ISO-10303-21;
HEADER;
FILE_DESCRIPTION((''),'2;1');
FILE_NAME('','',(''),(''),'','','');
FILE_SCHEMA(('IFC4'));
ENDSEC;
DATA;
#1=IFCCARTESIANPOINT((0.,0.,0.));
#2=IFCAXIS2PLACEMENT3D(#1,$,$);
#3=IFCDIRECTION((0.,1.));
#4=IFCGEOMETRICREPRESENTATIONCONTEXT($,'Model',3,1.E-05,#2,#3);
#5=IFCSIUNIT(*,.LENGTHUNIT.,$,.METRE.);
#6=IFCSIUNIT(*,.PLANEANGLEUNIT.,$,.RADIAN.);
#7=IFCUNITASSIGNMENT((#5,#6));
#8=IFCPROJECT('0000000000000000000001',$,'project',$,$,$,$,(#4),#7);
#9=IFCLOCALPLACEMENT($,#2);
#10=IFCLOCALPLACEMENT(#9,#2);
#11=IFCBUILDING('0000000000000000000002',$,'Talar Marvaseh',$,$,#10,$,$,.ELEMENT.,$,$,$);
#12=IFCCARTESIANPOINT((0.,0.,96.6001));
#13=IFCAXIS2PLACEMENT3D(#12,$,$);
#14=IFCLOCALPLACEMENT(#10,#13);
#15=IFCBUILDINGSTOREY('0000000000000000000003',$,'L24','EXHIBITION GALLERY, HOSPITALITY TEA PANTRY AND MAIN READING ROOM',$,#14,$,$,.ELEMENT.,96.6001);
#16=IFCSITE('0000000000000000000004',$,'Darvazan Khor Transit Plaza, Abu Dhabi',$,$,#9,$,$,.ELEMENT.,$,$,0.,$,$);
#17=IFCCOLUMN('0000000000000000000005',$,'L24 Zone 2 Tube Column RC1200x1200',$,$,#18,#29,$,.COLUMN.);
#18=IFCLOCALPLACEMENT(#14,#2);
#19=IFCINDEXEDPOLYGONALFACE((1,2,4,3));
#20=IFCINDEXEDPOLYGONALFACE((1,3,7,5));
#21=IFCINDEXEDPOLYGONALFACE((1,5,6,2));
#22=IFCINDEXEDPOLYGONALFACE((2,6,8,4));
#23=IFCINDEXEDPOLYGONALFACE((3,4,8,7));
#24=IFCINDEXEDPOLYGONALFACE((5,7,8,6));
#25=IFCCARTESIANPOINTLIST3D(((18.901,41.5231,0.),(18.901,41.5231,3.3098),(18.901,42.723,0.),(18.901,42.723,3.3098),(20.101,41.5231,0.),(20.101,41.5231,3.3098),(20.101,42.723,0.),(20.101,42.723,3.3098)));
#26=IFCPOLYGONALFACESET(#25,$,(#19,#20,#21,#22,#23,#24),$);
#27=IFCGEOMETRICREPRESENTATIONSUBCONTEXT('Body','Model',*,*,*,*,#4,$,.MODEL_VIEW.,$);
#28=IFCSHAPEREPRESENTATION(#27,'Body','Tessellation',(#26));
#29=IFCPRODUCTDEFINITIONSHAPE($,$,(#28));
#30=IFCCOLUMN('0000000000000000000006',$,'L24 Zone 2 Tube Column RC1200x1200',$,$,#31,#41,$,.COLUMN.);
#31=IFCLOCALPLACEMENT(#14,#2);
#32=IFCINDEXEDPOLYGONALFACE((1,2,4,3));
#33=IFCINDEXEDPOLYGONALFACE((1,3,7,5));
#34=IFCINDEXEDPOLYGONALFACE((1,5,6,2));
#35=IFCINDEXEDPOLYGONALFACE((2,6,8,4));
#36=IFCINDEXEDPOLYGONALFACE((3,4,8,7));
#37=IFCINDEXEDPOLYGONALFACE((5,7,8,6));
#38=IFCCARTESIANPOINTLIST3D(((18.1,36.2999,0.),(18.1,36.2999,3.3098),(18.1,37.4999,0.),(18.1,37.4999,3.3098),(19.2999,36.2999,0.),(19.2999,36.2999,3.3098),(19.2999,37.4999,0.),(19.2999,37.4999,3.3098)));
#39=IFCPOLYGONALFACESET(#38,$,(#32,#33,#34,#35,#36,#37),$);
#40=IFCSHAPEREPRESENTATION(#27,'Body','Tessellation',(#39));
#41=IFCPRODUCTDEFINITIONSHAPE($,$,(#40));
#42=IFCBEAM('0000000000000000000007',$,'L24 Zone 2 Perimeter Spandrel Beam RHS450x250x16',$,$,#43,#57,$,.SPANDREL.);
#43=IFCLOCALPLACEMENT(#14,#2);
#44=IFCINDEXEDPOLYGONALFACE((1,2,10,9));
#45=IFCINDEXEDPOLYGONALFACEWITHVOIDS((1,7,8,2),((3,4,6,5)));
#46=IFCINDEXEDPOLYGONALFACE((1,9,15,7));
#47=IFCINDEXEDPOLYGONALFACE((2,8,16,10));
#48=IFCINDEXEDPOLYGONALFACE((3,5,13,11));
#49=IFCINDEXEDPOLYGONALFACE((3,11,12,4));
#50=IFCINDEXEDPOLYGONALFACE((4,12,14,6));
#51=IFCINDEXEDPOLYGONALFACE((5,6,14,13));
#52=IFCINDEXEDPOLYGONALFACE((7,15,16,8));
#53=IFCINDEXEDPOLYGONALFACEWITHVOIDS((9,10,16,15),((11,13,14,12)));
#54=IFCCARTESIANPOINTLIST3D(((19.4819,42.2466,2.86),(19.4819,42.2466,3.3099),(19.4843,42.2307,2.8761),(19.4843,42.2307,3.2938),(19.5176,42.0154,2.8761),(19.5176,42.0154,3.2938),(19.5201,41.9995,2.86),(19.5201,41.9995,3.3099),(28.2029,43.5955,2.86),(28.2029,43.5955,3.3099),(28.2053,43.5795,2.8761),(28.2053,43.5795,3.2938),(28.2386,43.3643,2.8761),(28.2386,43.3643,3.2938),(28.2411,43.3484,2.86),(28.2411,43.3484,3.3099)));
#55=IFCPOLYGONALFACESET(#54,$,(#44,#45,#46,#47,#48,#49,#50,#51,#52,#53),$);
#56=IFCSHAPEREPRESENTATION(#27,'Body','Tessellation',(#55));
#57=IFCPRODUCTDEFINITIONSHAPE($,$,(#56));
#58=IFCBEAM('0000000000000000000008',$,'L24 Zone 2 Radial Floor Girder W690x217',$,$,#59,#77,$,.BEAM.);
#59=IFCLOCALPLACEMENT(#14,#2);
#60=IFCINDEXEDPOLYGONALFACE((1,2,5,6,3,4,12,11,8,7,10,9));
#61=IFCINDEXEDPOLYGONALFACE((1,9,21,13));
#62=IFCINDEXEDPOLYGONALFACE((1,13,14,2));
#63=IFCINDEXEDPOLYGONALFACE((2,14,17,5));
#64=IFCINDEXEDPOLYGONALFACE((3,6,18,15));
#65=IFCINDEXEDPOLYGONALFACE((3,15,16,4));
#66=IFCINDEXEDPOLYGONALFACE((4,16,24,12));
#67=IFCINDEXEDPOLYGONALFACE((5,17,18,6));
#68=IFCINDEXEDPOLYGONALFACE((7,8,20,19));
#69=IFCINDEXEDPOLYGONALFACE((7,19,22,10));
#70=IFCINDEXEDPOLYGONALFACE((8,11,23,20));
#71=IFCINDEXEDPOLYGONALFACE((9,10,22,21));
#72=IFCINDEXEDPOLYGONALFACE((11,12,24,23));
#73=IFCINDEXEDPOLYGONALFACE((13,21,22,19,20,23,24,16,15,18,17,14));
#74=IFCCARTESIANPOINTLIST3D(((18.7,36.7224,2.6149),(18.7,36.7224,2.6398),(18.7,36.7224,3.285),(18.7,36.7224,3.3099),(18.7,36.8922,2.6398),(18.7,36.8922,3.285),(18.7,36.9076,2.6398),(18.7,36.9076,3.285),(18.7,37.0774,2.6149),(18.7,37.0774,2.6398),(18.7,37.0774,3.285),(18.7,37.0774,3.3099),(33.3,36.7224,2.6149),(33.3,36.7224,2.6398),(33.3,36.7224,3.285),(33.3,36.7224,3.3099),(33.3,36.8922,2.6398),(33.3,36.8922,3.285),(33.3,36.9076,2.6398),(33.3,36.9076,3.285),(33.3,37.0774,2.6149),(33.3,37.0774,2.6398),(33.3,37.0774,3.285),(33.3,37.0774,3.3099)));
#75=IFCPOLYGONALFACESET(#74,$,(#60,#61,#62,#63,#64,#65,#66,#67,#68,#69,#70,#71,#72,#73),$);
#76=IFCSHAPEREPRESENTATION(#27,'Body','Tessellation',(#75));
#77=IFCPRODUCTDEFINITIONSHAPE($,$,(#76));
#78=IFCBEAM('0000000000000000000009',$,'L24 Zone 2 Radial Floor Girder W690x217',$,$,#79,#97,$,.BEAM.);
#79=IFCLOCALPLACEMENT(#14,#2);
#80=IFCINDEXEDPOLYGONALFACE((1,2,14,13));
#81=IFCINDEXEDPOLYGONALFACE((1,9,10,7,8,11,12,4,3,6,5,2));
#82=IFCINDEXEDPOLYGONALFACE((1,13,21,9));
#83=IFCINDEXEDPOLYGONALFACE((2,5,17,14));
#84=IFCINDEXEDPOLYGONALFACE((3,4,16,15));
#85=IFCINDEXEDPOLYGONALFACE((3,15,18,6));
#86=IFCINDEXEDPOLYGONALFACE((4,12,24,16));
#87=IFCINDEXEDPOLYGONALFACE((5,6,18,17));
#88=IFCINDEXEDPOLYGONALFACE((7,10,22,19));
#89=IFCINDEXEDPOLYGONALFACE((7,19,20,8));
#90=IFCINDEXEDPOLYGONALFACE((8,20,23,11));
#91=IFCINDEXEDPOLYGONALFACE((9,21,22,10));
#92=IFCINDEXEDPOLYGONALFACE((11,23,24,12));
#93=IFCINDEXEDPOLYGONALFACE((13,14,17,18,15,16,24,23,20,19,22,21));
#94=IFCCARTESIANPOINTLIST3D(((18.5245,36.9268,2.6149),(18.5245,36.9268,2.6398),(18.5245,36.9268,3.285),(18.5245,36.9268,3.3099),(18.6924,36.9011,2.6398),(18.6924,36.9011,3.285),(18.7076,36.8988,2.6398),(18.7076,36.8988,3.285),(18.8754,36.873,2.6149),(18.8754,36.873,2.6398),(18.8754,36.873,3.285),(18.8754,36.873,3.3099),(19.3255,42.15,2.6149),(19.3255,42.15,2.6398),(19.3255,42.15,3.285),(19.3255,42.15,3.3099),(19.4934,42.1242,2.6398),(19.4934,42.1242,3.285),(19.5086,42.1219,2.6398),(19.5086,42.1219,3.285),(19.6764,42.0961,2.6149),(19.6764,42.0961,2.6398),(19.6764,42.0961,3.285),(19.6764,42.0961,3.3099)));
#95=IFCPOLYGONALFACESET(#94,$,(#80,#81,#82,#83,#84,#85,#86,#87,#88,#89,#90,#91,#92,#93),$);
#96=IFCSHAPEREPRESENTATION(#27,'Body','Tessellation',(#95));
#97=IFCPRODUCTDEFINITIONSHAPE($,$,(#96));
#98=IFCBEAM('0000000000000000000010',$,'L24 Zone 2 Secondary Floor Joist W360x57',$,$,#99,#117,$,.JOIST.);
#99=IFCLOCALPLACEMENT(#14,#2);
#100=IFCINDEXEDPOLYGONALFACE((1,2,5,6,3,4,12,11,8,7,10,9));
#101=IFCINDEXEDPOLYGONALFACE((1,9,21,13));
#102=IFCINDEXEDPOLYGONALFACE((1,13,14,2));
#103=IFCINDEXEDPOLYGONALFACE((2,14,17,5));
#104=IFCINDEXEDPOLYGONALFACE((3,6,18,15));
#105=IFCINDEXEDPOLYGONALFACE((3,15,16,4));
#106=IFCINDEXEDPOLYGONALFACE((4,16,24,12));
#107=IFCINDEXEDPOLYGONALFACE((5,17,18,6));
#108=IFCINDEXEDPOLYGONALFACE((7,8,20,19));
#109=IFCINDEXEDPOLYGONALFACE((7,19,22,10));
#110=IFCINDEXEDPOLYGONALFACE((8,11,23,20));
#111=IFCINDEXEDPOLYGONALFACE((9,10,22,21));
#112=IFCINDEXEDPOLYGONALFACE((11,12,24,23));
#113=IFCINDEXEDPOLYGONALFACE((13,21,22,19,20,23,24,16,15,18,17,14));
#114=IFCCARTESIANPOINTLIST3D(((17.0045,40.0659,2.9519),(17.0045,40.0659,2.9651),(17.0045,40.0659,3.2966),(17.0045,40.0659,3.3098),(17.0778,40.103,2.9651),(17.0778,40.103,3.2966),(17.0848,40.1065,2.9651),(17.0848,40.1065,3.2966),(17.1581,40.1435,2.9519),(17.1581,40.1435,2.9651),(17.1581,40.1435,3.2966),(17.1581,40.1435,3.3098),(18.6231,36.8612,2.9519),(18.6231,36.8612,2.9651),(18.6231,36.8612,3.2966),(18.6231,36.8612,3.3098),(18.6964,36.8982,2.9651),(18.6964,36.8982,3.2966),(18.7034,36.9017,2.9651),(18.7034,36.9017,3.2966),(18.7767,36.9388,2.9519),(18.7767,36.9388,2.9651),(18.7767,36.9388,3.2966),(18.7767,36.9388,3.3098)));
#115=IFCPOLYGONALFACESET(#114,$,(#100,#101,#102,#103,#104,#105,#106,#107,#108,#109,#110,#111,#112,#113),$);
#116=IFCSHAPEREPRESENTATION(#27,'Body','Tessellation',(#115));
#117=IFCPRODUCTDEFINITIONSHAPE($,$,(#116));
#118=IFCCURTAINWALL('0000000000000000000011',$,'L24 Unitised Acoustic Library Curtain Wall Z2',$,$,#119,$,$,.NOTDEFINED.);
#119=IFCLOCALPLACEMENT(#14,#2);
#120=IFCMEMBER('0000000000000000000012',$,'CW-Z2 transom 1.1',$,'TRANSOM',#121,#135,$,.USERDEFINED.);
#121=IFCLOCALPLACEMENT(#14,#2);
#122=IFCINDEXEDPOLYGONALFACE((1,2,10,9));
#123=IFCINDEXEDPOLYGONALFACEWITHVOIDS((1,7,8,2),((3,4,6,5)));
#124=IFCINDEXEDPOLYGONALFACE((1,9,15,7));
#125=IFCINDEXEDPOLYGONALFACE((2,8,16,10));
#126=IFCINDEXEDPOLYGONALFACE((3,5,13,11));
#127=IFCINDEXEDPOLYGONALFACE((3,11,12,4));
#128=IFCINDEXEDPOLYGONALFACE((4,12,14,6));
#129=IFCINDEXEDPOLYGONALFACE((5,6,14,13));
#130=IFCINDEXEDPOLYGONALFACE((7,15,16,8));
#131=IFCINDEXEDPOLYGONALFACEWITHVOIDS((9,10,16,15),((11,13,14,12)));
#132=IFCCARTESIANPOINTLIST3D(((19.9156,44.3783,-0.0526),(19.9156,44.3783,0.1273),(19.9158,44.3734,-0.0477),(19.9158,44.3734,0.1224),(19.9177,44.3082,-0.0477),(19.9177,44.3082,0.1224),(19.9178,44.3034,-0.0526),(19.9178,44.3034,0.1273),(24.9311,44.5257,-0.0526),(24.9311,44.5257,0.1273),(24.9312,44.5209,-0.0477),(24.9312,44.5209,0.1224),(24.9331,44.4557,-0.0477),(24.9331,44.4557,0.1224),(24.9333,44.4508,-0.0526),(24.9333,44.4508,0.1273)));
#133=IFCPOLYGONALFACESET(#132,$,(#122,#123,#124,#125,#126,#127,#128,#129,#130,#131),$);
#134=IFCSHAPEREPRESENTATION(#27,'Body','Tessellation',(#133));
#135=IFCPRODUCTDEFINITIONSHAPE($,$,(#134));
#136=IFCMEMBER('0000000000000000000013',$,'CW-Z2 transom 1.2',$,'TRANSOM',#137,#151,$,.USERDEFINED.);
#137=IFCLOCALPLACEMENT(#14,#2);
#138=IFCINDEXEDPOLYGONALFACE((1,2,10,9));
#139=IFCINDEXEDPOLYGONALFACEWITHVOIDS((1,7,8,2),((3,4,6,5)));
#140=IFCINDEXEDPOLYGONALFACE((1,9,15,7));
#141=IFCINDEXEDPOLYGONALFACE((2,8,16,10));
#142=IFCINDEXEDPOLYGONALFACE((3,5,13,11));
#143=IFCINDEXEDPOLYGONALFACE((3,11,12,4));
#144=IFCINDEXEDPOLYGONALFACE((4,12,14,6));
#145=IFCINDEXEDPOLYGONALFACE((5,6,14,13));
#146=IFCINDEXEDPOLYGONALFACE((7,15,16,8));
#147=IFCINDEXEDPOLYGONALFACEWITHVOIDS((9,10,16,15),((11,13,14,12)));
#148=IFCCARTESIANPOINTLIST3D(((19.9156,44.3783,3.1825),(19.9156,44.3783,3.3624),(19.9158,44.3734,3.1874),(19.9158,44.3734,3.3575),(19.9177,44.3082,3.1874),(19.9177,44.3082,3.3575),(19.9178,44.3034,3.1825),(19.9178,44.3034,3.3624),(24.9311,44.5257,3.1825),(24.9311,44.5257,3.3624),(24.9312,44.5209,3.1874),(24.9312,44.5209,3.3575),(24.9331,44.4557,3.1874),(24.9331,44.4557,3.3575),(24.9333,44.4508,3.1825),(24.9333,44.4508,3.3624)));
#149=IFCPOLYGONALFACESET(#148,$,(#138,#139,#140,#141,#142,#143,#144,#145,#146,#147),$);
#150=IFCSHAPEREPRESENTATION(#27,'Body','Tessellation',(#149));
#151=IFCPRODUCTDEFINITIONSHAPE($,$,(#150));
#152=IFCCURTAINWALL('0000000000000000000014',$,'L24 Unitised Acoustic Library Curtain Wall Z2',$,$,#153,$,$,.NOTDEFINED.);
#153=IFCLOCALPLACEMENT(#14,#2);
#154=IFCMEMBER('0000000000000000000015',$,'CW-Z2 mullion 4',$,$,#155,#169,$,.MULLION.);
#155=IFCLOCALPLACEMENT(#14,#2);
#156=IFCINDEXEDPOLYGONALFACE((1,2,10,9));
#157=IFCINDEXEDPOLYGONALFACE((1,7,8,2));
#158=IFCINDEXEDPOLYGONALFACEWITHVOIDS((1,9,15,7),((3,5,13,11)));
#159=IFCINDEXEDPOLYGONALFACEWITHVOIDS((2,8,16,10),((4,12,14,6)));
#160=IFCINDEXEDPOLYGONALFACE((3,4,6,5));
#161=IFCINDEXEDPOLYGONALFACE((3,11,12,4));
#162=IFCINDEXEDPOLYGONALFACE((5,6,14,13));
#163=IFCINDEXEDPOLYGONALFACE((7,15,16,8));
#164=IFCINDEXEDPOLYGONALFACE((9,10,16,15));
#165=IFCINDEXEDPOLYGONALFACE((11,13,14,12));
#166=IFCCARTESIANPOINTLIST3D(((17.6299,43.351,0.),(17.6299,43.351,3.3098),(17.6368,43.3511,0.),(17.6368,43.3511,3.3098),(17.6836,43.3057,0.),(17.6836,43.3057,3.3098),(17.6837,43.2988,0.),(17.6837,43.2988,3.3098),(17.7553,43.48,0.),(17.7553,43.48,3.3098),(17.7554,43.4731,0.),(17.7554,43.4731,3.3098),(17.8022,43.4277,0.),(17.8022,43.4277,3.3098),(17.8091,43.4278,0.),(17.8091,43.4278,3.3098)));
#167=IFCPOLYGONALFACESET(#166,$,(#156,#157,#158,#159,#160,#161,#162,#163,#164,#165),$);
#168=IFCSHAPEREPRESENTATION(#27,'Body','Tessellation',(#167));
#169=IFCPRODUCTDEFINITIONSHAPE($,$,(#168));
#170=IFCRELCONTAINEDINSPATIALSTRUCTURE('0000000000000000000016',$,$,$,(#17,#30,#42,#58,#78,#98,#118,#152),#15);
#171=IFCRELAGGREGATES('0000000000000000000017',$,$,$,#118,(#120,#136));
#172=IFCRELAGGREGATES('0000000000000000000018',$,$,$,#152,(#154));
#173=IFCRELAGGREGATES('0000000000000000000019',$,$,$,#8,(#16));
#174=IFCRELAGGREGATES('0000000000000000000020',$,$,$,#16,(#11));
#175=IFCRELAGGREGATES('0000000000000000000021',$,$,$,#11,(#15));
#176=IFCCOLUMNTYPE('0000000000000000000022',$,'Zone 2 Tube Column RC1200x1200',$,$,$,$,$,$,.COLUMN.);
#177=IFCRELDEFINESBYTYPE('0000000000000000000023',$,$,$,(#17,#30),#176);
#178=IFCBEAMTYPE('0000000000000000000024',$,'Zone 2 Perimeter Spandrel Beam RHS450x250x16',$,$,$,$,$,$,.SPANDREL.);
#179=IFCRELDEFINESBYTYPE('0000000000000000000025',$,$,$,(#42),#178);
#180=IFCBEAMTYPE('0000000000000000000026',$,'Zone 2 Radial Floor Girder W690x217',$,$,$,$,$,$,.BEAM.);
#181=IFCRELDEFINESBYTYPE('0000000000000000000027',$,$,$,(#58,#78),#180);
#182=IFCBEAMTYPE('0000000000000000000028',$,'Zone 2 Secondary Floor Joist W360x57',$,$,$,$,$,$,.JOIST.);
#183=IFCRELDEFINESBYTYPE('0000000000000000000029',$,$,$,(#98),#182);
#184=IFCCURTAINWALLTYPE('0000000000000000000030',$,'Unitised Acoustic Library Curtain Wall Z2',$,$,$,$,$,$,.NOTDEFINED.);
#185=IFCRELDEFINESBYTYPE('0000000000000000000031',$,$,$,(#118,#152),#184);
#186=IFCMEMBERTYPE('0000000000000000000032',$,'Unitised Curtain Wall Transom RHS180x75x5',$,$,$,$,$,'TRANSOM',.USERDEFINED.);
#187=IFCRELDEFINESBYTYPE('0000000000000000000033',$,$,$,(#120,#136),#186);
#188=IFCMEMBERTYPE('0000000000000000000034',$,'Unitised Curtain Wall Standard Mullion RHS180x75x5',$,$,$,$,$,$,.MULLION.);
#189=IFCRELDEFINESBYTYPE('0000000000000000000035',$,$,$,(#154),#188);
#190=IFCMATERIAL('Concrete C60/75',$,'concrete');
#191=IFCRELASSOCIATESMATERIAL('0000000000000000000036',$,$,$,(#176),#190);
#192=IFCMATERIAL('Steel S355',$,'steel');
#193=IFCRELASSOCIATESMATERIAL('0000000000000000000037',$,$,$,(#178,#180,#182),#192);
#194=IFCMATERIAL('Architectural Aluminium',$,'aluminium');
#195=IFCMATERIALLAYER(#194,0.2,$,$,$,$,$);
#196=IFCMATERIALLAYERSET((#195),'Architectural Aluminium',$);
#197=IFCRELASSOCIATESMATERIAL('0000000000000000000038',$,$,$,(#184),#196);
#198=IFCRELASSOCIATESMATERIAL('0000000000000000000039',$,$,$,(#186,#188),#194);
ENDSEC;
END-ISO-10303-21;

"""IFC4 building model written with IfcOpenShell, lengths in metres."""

from ifc_helpers import new_model, si_unit, direction, frame, origin, origin_2d, place, context, subcontext, project, spatial, rectangle, hollow_rectangle, i_section, extrude, source, transform, mapped, material, layer, layer_set, material_profile, profile_set, type_object, type_shapes, element, aggregate, save


model = new_model("IFC4")

# Units and contexts
model_context = context("Model", 3, precision=1e-05, world=origin(), true_north=direction((0.0, 1.0)))
body_context = subcontext(model_context, "Body", "Model", "MODEL_VIEW")
ifc_project = project(units=[si_unit("LENGTHUNIT", "METRE"), si_unit("PLANEANGLEUNIT", "RADIAN")], contexts=[model_context])

# Site, building, storey
site_placement = place(None, origin())
site = spatial("IfcSite", under=ifc_project, at=site_placement, Name="Darvazan Khor Transit Plaza, Abu Dhabi", CompositionType="ELEMENT", RefElevation=0.0)
building_placement = place(site_placement, origin())
building = spatial("IfcBuilding", under=site, at=building_placement, Name="Talar Marvaseh", CompositionType="ELEMENT")
storey_placement = place(building_placement, frame((0.0, 0.0, 96.6001)))
storey = spatial("IfcBuildingStorey", under=building, at=storey_placement, Name="L24", Description="EXHIBITION GALLERY, HOSPITALITY TEA PANTRY AND MAIN READING ROOM", CompositionType="ELEMENT", Elevation=96.6001)

# Columns
ifc_material_1 = material(Name="Concrete C60/75", Category="concrete")
ifc_material_profile_1 = material_profile(ifc_material_1, rectangle(XDim=1.2, YDim=1.2, at=origin_2d()), Name="RC1200x1200")
ifc_profile_set_1 = profile_set([ifc_material_profile_1], Name="Concrete C60/75")
column_type = type_object("IfcColumnType", Name="Zone 2 Tube Column RC1200x1200", PredefinedType="COLUMN", material=ifc_profile_set_1)
for number, where, z_axis, x_axis, name in (
    (1, (19.501, 42.123, 0.0), (0.0, 0.0, 1.0), (1.0, 0.0, 0.0), "L24 Zone 2 Tube Column RC1200x1200"),
    (2, (18.7, 36.8999, 0.0), (0.0, 0.0, 1.0), (1.0, 0.0, 0.0), "L24 Zone 2 Tube Column RC1200x1200"),
):
    element("IfcColumn", number, at=place(storey_placement, frame(where, z_axis=z_axis, x_axis=x_axis)), inside=storey, type_object=column_type, Name=name, PredefinedType="COLUMN", context=body_context, shape_type="SweptSolid", body=[
        extrude(rectangle(XDim=1.2, YDim=1.2, at=origin_2d()), origin(), (0.0, 0.0, 1.0), 3.3098),
    ])

# Beams
ifc_material_2 = material(Name="Steel S355", Category="steel")
ifc_material_profile_2 = material_profile(ifc_material_2, hollow_rectangle(XDim=0.25, YDim=0.45, WallThickness=0.0161, at=origin_2d()), Name="RHS450x250x16")
ifc_profile_set_2 = profile_set([ifc_material_profile_2], Name="Steel S355")
beam_type_1 = type_object("IfcBeamType", Name="Zone 2 Perimeter Spandrel Beam RHS450x250x16", PredefinedType="SPANDREL", material=ifc_profile_set_2)
beam_1_placement = place(storey_placement, frame((19.501, 42.123, 3.085), z_axis=(0.988249, 0.152853, 0.0), x_axis=(-0.152853, 0.988249, 0.0)))
element("IfcBeam", 3, at=beam_1_placement, inside=storey, type_object=beam_type_1, Name="L24 Zone 2 Perimeter Spandrel Beam RHS450x250x16", PredefinedType="SPANDREL", context=body_context, shape_type="SweptSolid", body=[
    extrude(hollow_rectangle(XDim=0.25, YDim=0.45, WallThickness=0.0161, at=origin_2d()), origin(), (0.0, 0.0, 1.0), 8.8247),
])
ifc_material_profile_3 = material_profile(ifc_material_2, i_section(OverallWidth=0.355, OverallDepth=0.6951, WebThickness=0.0154, FlangeThickness=0.0249, at=origin_2d()), Name="W690x217")
ifc_profile_set_3 = profile_set([ifc_material_profile_3], Name="Steel S355")
beam_type_2 = type_object("IfcBeamType", Name="Zone 2 Radial Floor Girder W690x217", PredefinedType="BEAM", material=ifc_profile_set_3)
beam_2_placement = place(storey_placement, frame((18.7, 36.8999, 2.9624), z_axis=(1.0, 0.0, 0.0), x_axis=(0.0, 1.0, 0.0)))
element("IfcBeam", 4, at=beam_2_placement, inside=storey, type_object=beam_type_2, Name="L24 Zone 2 Radial Floor Girder W690x217", PredefinedType="BEAM", context=body_context, shape_type="SweptSolid", body=[
    extrude(i_section(OverallWidth=0.355, OverallDepth=0.6951, WebThickness=0.0154, FlangeThickness=0.0249, at=origin_2d()), origin(), (0.0, 0.0, 1.0), 14.6001),
])
beam_3_placement = place(storey_placement, frame((19.501, 42.123, 2.9624), z_axis=(-0.151588, -0.988444, 0.0), x_axis=(0.988444, -0.151588, 0.0)))
element("IfcBeam", 5, at=beam_3_placement, inside=storey, type_object=beam_type_2, Name="L24 Zone 2 Radial Floor Girder W690x217", PredefinedType="BEAM", context=body_context, shape_type="SweptSolid", body=[
    extrude(i_section(OverallWidth=0.355, OverallDepth=0.6951, WebThickness=0.0154, FlangeThickness=0.0249, at=origin_2d()), origin(), (0.0, 0.0, 1.0), 5.2842),
])
ifc_material_profile_4 = material_profile(ifc_material_2, i_section(OverallWidth=0.1721, OverallDepth=0.3579, WebThickness=0.0078, FlangeThickness=0.0132, at=origin_2d()), Name="W360x57")
ifc_profile_set_4 = profile_set([ifc_material_profile_4], Name="Steel S355")
beam_type_3 = type_object("IfcBeamType", Name="Zone 2 Secondary Floor Joist W360x57", PredefinedType="JOIST", material=ifc_profile_set_4)
beam_4_placement = place(storey_placement, frame((17.0813, 40.1047, 3.1309), z_axis=(0.450827, -0.892611, 0.0), x_axis=(0.892611, 0.450827, 0.0)))
element("IfcBeam", 6, at=beam_4_placement, inside=storey, type_object=beam_type_3, Name="L24 Zone 2 Secondary Floor Joist W360x57", PredefinedType="JOIST", context=body_context, shape_type="SweptSolid", body=[
    extrude(i_section(OverallWidth=0.1721, OverallDepth=0.3579, WebThickness=0.0078, FlangeThickness=0.0132, at=origin_2d()), origin(), (0.0, 0.0, 1.0), 3.5903),
])

# Curtain wall, members
ifc_material_3 = material(Name="Architectural Aluminium", Category="aluminium")
ifc_layer_1 = layer(ifc_material_3, 0.2)
ifc_layer_set_1 = layer_set([ifc_layer_1], Name="Architectural Aluminium")
curtain_wall_type = type_object("IfcCurtainWallType", Name="Unitised Acoustic Library Curtain Wall Z2", PredefinedType="NOTDEFINED", material=ifc_layer_set_1)
curtain_wall_1_placement = place(storey_placement, origin())
curtain_wall_1 = element("IfcCurtainWall", 7, at=curtain_wall_1_placement, inside=storey, type_object=curtain_wall_type, Name="L24 Unitised Acoustic Library Curtain Wall Z2", PredefinedType="NOTDEFINED")
ifc_material_profile_5 = material_profile(ifc_material_3, hollow_rectangle(XDim=0.075, YDim=0.1799, WallThickness=0.0049, at=origin_2d()), Name="RHS180x75x5")
ifc_profile_set_5 = profile_set([ifc_material_profile_5], Name="Architectural Aluminium")
member_type_1 = type_object("IfcMemberType", Name="Unitised Curtain Wall Transom RHS180x75x5", ElementType="TRANSOM", PredefinedType="USERDEFINED", material=ifc_profile_set_5)
shared_shape_1 = source(origin(), body_context, "Body", "SweptSolid", [
    extrude(hollow_rectangle(XDim=0.075, YDim=0.1799, WallThickness=0.0049, at=origin_2d()), origin(), (0.0, 0.0, 1.0), 5.0176),
])
type_shapes(member_type_1, [shared_shape_1])
member_1_placement = place(storey_placement, frame((19.9167, 44.3408, 0.0374), z_axis=(0.999568, 0.029389, 0.0), x_axis=(-0.029389, 0.999568, 0.0)))
member_1 = element("IfcMember", 8, at=member_1_placement, type_object=member_type_1, Name="CW-Z2 transom 1.1", ObjectType="TRANSOM", PredefinedType="USERDEFINED", context=body_context, shape_type="MappedRepresentation", body=[
    mapped(shared_shape_1, transform((0.0, 0.0, 0.0), x_axis=(1.0, 0.0, 0.0), y_axis=(0.0, 1.0, 0.0), z_axis=(0.0, 0.0, 1.0), scale=1.0)),
])
member_2_placement = place(storey_placement, frame((19.9167, 44.3408, 3.2725), z_axis=(0.999568, 0.029389, 0.0), x_axis=(-0.029389, 0.999568, 0.0)))
member_2 = element("IfcMember", 9, at=member_2_placement, type_object=member_type_1, Name="CW-Z2 transom 1.2", ObjectType="TRANSOM", PredefinedType="USERDEFINED", context=body_context, shape_type="MappedRepresentation", body=[
    mapped(shared_shape_1, transform((0.0, 0.0, 0.0), x_axis=(1.0, 0.0, 0.0), y_axis=(0.0, 1.0, 0.0), z_axis=(0.0, 0.0, 1.0), scale=1.0)),
])

# Curtain wall, member
curtain_wall_2_placement = place(storey_placement, origin())
curtain_wall_2 = element("IfcCurtainWall", 10, at=curtain_wall_2_placement, inside=storey, type_object=curtain_wall_type, Name="L24 Unitised Acoustic Library Curtain Wall Z2", PredefinedType="NOTDEFINED")
ifc_material_profile_6 = material_profile(ifc_material_3, hollow_rectangle(XDim=0.075, YDim=0.1799, WallThickness=0.0049, at=origin_2d()), Name="RHS180x75x5")
ifc_profile_set_6 = profile_set([ifc_material_profile_6], Name="Architectural Aluminium")
member_type_2 = type_object("IfcMemberType", Name="Unitised Curtain Wall Standard Mullion RHS180x75x5", PredefinedType="MULLION", material=ifc_profile_set_6)
shared_shape_2 = source(origin(), body_context, "Body", "SweptSolid", [
    extrude(hollow_rectangle(XDim=0.075, YDim=0.1799, WallThickness=0.0049, at=origin_2d()), origin(), (0.0, 0.0, 1.0), 3.3098),
])
type_shapes(member_type_2, [shared_shape_2])
member_3_placement = place(storey_placement, frame((17.7195, 43.3894, 0.0), z_axis=(0.0, 0.0, 1.0), x_axis=(-0.717126, 0.696944, 0.0)))
member_3 = element("IfcMember", 11, at=member_3_placement, type_object=member_type_2, Name="CW-Z2 mullion 4", PredefinedType="MULLION", context=body_context, shape_type="MappedRepresentation", body=[
    mapped(shared_shape_2, transform((0.0, 0.0, 0.0), x_axis=(1.0, 0.0, 0.0), y_axis=(0.0, 1.0, 0.0), z_axis=(0.0, 0.0, 1.0), scale=1.0)),
])

aggregate(curtain_wall_1, [member_1, member_2])

aggregate(curtain_wall_2, [member_3])

save(model, "model.ifc")
